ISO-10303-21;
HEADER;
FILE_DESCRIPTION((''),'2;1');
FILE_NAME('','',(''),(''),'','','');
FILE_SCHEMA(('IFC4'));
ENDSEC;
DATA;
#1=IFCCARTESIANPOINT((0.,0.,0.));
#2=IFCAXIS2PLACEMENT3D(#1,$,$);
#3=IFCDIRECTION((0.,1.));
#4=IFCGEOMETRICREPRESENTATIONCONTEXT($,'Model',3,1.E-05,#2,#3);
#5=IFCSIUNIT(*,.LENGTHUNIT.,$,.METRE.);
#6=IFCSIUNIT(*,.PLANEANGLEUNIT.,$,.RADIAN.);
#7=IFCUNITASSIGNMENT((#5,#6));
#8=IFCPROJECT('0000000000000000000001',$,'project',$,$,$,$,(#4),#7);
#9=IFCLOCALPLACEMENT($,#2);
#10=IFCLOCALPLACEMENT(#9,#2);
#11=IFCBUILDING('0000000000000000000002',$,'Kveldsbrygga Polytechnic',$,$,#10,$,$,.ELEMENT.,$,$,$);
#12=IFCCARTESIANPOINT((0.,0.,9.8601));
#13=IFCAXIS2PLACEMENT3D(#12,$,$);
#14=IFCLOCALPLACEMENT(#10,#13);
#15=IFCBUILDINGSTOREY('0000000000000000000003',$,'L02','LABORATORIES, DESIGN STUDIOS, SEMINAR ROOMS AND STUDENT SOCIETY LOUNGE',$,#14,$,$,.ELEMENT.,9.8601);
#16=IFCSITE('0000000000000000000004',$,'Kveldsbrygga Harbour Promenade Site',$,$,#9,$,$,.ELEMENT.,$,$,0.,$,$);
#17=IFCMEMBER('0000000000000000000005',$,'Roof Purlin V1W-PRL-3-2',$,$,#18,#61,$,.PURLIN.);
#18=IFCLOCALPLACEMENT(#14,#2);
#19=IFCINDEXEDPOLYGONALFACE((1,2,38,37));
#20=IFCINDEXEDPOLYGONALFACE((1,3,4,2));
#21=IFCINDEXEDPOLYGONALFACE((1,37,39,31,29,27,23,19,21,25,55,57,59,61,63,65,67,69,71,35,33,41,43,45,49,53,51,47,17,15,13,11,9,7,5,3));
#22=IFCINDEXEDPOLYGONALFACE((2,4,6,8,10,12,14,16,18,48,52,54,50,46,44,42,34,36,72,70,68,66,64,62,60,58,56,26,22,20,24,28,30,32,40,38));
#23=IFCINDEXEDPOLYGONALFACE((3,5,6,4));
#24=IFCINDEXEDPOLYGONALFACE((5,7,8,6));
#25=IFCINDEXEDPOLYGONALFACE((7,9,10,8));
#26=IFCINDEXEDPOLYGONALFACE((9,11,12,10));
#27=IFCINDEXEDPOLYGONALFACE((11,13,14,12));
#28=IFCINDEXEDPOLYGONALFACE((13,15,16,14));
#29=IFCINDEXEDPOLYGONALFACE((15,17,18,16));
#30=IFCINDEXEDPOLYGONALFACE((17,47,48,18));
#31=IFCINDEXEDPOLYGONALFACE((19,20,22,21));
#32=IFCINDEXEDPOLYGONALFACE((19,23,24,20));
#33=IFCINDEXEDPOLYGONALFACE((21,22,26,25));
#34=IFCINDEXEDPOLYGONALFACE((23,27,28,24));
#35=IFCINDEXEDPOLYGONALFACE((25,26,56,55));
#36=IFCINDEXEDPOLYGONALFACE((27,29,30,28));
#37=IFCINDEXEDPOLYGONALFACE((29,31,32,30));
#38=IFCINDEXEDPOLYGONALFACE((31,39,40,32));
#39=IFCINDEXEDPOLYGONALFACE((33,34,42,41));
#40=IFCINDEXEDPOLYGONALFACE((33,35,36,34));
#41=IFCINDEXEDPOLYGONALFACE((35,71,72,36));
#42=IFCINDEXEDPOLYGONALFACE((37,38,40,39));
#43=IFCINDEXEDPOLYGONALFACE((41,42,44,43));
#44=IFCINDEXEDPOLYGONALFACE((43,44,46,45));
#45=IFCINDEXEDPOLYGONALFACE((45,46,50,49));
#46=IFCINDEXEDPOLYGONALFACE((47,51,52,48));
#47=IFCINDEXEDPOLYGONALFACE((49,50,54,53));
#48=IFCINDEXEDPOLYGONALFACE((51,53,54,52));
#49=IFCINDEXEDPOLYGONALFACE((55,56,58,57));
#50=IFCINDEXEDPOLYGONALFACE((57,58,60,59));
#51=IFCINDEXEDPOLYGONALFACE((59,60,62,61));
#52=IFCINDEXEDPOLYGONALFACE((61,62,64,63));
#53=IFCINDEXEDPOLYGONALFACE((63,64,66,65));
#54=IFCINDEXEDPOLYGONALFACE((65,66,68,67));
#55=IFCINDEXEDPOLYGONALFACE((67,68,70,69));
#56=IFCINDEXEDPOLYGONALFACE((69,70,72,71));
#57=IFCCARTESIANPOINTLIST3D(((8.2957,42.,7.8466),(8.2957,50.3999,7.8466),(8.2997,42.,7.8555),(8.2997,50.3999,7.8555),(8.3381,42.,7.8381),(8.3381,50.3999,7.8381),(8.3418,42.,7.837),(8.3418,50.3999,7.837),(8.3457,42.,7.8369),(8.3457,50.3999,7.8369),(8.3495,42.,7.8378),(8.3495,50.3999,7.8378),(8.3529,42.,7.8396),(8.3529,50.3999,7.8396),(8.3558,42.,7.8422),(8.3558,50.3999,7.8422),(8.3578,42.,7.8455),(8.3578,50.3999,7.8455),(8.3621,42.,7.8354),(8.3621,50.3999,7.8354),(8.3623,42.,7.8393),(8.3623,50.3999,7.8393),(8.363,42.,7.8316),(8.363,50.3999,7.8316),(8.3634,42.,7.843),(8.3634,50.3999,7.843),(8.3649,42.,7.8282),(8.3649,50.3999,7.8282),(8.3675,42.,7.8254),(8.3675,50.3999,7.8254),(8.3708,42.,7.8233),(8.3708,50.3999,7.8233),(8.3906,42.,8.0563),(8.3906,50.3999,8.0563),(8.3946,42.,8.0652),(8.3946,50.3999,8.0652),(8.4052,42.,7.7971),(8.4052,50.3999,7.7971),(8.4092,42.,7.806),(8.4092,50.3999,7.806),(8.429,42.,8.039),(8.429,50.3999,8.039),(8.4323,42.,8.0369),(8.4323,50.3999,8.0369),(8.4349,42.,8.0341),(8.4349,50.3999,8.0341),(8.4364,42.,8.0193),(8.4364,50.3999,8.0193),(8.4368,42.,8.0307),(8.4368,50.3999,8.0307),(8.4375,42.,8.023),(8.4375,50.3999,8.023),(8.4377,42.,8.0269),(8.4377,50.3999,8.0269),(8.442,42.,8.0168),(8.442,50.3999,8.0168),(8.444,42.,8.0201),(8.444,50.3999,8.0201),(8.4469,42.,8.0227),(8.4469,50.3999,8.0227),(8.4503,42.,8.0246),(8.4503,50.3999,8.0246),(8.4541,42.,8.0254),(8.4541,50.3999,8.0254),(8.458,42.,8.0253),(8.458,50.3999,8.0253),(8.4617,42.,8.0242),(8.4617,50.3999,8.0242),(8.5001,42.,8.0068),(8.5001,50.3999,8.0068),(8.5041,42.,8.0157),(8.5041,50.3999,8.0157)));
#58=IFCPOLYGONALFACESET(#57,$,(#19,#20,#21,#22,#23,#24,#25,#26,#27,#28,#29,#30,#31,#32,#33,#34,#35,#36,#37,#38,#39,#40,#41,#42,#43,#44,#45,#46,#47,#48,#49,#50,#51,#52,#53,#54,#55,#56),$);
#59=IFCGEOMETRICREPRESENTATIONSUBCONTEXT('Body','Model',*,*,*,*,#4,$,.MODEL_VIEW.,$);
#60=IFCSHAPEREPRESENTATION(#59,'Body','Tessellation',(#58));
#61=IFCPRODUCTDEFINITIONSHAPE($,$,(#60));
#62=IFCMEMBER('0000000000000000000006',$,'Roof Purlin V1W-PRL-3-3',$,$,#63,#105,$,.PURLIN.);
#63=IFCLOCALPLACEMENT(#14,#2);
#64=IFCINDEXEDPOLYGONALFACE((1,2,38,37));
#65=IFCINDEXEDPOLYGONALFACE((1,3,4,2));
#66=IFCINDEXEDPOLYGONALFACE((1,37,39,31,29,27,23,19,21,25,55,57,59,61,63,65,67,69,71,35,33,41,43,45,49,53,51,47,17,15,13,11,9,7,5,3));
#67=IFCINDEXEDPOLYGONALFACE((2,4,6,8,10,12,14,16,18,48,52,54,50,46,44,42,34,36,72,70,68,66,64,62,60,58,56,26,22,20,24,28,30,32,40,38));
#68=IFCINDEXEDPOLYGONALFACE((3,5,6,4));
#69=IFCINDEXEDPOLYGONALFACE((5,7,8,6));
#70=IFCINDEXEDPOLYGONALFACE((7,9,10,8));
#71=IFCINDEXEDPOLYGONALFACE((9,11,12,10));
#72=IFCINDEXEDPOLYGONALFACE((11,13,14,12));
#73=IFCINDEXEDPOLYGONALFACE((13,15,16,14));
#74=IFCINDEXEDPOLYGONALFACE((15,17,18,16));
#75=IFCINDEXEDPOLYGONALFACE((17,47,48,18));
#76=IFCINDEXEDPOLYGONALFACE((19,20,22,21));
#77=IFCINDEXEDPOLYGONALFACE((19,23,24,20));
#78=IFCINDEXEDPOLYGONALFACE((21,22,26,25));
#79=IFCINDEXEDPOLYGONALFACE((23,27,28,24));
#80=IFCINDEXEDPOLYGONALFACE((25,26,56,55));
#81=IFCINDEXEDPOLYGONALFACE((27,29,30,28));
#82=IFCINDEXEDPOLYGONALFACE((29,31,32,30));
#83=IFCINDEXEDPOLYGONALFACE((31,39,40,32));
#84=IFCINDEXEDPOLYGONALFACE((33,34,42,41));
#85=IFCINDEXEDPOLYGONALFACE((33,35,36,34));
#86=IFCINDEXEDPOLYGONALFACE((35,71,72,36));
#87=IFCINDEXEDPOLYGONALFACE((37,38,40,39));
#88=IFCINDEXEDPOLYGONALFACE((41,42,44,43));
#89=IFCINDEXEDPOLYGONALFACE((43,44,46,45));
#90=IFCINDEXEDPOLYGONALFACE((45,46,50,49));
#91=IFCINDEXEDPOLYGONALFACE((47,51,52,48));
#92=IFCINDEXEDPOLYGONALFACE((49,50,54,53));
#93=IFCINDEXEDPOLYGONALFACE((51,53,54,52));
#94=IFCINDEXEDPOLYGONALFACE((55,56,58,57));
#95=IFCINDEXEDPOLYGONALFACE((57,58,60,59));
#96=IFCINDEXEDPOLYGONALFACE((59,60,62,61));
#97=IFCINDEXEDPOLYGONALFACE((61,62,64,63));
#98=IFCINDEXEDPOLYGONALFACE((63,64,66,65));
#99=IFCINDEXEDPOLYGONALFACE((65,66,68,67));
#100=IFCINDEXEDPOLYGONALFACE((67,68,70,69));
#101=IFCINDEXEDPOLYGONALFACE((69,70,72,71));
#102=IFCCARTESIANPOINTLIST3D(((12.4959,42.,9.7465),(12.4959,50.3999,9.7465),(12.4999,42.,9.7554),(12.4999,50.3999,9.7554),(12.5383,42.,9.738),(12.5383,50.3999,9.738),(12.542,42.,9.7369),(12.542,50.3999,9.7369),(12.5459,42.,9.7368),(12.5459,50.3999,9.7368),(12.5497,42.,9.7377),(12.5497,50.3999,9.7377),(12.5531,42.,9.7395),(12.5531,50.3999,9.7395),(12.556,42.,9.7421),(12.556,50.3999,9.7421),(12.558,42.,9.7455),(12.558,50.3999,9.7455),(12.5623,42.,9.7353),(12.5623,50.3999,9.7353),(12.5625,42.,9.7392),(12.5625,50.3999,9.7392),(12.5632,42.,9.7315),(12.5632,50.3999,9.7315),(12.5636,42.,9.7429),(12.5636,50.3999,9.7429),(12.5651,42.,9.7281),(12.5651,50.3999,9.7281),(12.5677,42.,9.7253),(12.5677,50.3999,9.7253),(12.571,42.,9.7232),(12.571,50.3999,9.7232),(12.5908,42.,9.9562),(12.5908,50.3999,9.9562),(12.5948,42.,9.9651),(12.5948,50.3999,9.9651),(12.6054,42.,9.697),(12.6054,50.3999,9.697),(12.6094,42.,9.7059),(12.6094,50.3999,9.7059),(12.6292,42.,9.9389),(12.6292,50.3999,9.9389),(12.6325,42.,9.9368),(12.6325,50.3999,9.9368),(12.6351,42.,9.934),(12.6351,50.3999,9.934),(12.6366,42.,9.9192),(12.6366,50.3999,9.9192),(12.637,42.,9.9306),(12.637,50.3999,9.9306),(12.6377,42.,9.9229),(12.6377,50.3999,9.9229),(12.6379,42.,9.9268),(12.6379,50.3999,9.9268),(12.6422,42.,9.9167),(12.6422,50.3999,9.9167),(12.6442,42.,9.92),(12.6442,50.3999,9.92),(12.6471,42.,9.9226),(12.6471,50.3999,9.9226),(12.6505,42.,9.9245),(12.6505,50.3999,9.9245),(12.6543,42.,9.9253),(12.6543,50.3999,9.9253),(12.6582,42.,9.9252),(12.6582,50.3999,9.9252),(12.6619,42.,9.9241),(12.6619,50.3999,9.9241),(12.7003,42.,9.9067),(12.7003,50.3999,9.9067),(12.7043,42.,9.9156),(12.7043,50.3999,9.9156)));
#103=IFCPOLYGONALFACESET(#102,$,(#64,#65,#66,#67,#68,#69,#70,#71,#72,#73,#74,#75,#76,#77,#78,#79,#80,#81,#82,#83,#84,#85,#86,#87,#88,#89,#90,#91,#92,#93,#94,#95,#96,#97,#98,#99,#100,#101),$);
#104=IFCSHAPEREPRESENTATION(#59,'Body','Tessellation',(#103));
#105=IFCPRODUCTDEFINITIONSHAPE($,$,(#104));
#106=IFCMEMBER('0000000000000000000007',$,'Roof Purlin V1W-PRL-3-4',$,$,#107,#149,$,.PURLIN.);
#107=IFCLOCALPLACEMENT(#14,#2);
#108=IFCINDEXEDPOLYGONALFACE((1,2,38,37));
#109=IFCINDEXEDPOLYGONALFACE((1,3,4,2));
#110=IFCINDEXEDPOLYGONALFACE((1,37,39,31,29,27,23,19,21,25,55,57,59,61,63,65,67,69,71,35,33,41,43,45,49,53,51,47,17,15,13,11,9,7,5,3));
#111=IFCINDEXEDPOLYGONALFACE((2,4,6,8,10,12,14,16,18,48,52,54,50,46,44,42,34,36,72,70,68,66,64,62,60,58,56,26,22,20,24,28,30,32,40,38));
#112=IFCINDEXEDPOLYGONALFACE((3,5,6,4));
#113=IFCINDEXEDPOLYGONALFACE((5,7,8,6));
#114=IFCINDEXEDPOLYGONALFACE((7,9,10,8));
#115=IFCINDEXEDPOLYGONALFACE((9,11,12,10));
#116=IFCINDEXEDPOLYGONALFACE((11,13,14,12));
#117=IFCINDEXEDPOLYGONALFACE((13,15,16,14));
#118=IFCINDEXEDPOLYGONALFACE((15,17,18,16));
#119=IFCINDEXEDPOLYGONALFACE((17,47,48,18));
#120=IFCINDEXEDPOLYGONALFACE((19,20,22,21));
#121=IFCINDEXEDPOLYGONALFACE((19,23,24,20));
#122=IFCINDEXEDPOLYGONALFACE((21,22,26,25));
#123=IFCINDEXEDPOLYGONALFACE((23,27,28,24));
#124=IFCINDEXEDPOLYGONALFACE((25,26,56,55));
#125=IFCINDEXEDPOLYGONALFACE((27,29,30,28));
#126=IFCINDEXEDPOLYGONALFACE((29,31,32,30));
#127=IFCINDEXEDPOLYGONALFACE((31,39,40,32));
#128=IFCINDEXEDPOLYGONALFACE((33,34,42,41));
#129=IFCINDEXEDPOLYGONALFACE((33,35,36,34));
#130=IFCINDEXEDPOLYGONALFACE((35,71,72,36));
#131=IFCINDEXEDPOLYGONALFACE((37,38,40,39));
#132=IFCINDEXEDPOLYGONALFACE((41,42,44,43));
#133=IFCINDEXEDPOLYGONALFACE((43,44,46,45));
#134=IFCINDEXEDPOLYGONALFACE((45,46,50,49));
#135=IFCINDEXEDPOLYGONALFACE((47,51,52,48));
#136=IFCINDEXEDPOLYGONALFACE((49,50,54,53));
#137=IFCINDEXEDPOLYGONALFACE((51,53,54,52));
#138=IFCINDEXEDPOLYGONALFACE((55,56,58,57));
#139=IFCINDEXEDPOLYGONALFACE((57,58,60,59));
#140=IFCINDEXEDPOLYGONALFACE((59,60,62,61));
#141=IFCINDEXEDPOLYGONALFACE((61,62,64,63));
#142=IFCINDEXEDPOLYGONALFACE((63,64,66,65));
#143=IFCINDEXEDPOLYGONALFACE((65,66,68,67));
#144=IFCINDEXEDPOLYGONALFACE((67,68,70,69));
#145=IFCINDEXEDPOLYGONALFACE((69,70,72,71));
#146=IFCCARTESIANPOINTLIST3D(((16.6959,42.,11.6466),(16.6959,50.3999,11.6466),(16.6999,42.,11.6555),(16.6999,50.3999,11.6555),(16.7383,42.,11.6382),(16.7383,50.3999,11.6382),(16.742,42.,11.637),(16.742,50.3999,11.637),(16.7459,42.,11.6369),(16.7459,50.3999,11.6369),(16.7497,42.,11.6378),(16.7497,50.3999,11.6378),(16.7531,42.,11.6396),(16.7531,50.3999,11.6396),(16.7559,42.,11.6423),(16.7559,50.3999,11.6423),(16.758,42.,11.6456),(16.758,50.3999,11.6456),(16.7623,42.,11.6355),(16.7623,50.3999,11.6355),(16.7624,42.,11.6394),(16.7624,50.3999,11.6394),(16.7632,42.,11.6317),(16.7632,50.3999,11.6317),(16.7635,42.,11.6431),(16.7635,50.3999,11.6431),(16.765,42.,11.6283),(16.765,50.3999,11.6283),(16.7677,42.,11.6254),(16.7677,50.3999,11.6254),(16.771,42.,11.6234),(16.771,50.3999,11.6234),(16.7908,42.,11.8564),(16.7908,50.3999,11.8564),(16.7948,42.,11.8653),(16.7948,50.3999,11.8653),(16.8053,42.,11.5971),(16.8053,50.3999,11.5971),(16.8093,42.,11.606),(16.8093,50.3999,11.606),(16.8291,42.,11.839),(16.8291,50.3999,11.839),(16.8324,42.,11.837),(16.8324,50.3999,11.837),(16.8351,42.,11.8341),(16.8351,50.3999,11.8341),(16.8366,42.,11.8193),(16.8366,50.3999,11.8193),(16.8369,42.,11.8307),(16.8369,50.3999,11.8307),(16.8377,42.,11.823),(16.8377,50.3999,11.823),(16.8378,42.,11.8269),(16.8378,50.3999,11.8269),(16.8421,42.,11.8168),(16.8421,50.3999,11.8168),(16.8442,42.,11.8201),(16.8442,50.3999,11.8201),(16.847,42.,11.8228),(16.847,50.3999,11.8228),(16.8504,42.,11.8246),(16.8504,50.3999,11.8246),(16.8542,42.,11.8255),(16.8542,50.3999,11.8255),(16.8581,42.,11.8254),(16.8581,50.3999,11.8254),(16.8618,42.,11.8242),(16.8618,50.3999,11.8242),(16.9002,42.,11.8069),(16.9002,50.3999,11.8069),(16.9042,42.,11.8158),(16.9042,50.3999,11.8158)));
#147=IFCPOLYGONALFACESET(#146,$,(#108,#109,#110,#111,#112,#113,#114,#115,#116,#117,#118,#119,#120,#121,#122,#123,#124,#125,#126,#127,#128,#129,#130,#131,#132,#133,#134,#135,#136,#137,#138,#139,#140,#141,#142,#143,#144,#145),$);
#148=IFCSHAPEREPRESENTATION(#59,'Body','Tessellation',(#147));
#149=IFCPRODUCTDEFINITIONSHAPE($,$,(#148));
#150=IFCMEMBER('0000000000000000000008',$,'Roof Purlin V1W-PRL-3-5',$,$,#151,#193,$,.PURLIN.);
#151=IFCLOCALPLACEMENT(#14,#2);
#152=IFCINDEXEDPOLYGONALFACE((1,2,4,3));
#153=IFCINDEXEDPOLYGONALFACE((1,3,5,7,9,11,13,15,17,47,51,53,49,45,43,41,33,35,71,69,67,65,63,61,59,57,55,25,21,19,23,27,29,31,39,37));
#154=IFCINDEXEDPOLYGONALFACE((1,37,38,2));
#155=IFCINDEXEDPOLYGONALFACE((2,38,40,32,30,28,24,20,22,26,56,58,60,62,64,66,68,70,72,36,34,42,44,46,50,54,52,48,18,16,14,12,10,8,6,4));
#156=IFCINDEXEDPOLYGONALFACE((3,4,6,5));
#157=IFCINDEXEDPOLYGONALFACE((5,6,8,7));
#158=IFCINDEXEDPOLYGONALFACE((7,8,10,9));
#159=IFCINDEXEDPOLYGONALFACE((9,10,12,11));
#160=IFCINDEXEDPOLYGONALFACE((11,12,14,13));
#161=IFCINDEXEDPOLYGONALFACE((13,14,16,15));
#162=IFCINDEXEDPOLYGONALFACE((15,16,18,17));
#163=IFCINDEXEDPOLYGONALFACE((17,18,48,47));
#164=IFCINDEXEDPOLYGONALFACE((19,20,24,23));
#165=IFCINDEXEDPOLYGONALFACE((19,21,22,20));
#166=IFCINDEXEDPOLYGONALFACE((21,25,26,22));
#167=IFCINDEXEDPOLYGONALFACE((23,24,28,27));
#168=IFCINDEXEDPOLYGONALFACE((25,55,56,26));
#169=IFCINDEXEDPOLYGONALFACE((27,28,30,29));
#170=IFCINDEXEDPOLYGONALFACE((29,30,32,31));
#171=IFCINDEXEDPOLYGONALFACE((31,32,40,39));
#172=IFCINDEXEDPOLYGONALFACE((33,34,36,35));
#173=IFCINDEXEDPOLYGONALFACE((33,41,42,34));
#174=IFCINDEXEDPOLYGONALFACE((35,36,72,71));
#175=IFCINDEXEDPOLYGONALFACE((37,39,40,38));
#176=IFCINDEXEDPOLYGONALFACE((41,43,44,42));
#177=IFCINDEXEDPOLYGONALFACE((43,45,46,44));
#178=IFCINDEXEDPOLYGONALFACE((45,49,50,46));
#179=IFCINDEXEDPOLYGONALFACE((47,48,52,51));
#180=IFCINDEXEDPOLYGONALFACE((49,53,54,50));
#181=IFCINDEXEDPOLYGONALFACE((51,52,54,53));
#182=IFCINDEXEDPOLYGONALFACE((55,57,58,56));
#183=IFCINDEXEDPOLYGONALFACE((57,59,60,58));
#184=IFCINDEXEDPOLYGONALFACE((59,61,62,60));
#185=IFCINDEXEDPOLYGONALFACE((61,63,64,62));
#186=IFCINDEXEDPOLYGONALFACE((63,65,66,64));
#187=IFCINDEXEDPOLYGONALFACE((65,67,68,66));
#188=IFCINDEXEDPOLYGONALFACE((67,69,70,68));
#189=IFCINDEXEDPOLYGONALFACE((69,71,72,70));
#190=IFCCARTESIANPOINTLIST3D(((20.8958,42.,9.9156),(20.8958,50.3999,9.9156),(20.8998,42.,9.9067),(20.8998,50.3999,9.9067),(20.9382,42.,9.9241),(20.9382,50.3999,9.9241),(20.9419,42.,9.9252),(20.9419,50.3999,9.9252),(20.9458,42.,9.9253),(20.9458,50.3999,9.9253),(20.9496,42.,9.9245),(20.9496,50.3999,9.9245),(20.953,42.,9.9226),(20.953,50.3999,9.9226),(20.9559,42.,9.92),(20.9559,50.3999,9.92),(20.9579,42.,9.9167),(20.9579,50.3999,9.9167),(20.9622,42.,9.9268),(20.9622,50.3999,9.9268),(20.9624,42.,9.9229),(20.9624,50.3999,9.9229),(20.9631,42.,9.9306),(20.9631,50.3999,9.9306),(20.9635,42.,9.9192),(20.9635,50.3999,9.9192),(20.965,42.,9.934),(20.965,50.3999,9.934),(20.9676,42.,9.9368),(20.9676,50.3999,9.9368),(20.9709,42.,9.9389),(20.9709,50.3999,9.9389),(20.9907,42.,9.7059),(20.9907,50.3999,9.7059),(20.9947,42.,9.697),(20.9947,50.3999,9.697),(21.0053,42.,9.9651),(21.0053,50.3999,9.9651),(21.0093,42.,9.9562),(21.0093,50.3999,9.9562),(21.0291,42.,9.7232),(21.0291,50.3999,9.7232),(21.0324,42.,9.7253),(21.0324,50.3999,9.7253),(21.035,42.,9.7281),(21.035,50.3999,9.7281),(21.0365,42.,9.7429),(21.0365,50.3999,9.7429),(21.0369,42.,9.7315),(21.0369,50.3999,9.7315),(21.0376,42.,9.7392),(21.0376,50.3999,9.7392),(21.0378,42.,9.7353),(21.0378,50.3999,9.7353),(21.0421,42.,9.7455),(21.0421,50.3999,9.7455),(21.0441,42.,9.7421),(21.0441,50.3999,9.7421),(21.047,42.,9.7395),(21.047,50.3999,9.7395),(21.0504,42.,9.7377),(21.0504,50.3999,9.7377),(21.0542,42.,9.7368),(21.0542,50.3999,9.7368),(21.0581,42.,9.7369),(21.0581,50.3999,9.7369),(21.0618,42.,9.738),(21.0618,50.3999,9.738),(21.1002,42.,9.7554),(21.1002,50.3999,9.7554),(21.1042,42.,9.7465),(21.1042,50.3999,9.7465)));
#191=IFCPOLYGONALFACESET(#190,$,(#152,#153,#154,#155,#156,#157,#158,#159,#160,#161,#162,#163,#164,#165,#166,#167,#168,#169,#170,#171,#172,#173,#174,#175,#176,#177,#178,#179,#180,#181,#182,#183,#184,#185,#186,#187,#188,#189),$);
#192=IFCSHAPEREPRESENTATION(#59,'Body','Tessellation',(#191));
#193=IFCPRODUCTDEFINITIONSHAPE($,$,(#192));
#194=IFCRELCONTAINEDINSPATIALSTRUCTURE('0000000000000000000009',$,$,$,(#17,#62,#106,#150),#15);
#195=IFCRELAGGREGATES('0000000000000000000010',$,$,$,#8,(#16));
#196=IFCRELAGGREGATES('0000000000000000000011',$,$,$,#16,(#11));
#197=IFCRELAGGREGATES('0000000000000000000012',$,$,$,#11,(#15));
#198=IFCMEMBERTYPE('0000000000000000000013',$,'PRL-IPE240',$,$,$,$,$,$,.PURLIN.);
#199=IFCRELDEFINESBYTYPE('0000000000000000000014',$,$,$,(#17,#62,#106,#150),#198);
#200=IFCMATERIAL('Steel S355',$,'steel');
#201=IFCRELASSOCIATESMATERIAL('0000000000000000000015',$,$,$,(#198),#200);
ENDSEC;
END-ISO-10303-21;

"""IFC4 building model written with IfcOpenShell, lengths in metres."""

from ifc_helpers import new_model, si_unit, direction, frame, origin, origin_2d, place, context, subcontext, project, spatial, i_section, extrude, material, material_profile, profile_set, type_object, element, save


model = new_model("IFC4")

# Units and contexts
model_context = context("Model", 3, precision=1e-05, world=origin(), true_north=direction((0.0, 1.0)))
body_context = subcontext(model_context, "Body", "Model", "MODEL_VIEW")
ifc_project = project(units=[si_unit("LENGTHUNIT", "METRE"), si_unit("PLANEANGLEUNIT", "RADIAN")], contexts=[model_context])

# Site, building, storey
site_placement = place(None, origin())
site = spatial("IfcSite", under=ifc_project, at=site_placement, Name="Kveldsbrygga Harbour Promenade Site", CompositionType="ELEMENT", RefElevation=0.0)
building_placement = place(site_placement, origin())
building = spatial("IfcBuilding", under=site, at=building_placement, Name="Kveldsbrygga Polytechnic", CompositionType="ELEMENT")
storey_placement = place(building_placement, frame((0.0, 0.0, 9.8601)))
storey = spatial("IfcBuildingStorey", under=building, at=storey_placement, Name="L02", Description="LABORATORIES, DESIGN STUDIOS, SEMINAR ROOMS AND STUDENT SOCIETY LOUNGE", CompositionType="ELEMENT", Elevation=9.8601)

# Members
ifc_material_1 = material(Name="Steel S355", Category="steel")
ifc_material_profile_1 = material_profile(ifc_material_1, i_section(OverallWidth=0.1201, OverallDepth=0.24, WebThickness=0.0061, FlangeThickness=0.0098, FilletRadius=0.0149, at=origin_2d()), Name="IPE 240")
ifc_profile_set_1 = profile_set([ifc_material_profile_1], Name="Steel S355")
member_type_1 = type_object("IfcMemberType", Name="PRL-IPE240", PredefinedType="PURLIN", material=ifc_profile_set_1)
for number, where, z_axis, x_axis, name in (
    (1, (8.3999, 42.0, 7.9312), (0.0, 1.0, 0.0), (-0.911108, 0.0, 0.412168), "Roof Purlin V1W-PRL-3-2"),
    (2, (12.6001, 42.0, 9.8311), (0.0, 1.0, 0.0), (-0.911108, 0.0, 0.412168), "Roof Purlin V1W-PRL-3-3"),
    (3, (16.8, 42.0, 11.7312), (0.0, 1.0, 0.0), (-0.911108, 0.0, 0.412168), "Roof Purlin V1W-PRL-3-4"),
    (4, (21.0, 42.0, 9.8311), (0.0, 1.0, 0.0), (-0.911108, 0.0, -0.412168), "Roof Purlin V1W-PRL-3-5"),
):
    element("IfcMember", number, at=place(storey_placement, frame(where, z_axis=z_axis, x_axis=x_axis)), inside=storey, type_object=member_type_1, Name=name, PredefinedType="PURLIN", context=body_context, shape_type="SweptSolid", body=[
        extrude(i_section(OverallWidth=0.1201, OverallDepth=0.24, WebThickness=0.0061, FlangeThickness=0.0098, FilletRadius=0.0149, at=origin_2d()), origin(), (0.0, 0.0, 1.0), 8.3999),
    ])

save(model, "model.ifc")
